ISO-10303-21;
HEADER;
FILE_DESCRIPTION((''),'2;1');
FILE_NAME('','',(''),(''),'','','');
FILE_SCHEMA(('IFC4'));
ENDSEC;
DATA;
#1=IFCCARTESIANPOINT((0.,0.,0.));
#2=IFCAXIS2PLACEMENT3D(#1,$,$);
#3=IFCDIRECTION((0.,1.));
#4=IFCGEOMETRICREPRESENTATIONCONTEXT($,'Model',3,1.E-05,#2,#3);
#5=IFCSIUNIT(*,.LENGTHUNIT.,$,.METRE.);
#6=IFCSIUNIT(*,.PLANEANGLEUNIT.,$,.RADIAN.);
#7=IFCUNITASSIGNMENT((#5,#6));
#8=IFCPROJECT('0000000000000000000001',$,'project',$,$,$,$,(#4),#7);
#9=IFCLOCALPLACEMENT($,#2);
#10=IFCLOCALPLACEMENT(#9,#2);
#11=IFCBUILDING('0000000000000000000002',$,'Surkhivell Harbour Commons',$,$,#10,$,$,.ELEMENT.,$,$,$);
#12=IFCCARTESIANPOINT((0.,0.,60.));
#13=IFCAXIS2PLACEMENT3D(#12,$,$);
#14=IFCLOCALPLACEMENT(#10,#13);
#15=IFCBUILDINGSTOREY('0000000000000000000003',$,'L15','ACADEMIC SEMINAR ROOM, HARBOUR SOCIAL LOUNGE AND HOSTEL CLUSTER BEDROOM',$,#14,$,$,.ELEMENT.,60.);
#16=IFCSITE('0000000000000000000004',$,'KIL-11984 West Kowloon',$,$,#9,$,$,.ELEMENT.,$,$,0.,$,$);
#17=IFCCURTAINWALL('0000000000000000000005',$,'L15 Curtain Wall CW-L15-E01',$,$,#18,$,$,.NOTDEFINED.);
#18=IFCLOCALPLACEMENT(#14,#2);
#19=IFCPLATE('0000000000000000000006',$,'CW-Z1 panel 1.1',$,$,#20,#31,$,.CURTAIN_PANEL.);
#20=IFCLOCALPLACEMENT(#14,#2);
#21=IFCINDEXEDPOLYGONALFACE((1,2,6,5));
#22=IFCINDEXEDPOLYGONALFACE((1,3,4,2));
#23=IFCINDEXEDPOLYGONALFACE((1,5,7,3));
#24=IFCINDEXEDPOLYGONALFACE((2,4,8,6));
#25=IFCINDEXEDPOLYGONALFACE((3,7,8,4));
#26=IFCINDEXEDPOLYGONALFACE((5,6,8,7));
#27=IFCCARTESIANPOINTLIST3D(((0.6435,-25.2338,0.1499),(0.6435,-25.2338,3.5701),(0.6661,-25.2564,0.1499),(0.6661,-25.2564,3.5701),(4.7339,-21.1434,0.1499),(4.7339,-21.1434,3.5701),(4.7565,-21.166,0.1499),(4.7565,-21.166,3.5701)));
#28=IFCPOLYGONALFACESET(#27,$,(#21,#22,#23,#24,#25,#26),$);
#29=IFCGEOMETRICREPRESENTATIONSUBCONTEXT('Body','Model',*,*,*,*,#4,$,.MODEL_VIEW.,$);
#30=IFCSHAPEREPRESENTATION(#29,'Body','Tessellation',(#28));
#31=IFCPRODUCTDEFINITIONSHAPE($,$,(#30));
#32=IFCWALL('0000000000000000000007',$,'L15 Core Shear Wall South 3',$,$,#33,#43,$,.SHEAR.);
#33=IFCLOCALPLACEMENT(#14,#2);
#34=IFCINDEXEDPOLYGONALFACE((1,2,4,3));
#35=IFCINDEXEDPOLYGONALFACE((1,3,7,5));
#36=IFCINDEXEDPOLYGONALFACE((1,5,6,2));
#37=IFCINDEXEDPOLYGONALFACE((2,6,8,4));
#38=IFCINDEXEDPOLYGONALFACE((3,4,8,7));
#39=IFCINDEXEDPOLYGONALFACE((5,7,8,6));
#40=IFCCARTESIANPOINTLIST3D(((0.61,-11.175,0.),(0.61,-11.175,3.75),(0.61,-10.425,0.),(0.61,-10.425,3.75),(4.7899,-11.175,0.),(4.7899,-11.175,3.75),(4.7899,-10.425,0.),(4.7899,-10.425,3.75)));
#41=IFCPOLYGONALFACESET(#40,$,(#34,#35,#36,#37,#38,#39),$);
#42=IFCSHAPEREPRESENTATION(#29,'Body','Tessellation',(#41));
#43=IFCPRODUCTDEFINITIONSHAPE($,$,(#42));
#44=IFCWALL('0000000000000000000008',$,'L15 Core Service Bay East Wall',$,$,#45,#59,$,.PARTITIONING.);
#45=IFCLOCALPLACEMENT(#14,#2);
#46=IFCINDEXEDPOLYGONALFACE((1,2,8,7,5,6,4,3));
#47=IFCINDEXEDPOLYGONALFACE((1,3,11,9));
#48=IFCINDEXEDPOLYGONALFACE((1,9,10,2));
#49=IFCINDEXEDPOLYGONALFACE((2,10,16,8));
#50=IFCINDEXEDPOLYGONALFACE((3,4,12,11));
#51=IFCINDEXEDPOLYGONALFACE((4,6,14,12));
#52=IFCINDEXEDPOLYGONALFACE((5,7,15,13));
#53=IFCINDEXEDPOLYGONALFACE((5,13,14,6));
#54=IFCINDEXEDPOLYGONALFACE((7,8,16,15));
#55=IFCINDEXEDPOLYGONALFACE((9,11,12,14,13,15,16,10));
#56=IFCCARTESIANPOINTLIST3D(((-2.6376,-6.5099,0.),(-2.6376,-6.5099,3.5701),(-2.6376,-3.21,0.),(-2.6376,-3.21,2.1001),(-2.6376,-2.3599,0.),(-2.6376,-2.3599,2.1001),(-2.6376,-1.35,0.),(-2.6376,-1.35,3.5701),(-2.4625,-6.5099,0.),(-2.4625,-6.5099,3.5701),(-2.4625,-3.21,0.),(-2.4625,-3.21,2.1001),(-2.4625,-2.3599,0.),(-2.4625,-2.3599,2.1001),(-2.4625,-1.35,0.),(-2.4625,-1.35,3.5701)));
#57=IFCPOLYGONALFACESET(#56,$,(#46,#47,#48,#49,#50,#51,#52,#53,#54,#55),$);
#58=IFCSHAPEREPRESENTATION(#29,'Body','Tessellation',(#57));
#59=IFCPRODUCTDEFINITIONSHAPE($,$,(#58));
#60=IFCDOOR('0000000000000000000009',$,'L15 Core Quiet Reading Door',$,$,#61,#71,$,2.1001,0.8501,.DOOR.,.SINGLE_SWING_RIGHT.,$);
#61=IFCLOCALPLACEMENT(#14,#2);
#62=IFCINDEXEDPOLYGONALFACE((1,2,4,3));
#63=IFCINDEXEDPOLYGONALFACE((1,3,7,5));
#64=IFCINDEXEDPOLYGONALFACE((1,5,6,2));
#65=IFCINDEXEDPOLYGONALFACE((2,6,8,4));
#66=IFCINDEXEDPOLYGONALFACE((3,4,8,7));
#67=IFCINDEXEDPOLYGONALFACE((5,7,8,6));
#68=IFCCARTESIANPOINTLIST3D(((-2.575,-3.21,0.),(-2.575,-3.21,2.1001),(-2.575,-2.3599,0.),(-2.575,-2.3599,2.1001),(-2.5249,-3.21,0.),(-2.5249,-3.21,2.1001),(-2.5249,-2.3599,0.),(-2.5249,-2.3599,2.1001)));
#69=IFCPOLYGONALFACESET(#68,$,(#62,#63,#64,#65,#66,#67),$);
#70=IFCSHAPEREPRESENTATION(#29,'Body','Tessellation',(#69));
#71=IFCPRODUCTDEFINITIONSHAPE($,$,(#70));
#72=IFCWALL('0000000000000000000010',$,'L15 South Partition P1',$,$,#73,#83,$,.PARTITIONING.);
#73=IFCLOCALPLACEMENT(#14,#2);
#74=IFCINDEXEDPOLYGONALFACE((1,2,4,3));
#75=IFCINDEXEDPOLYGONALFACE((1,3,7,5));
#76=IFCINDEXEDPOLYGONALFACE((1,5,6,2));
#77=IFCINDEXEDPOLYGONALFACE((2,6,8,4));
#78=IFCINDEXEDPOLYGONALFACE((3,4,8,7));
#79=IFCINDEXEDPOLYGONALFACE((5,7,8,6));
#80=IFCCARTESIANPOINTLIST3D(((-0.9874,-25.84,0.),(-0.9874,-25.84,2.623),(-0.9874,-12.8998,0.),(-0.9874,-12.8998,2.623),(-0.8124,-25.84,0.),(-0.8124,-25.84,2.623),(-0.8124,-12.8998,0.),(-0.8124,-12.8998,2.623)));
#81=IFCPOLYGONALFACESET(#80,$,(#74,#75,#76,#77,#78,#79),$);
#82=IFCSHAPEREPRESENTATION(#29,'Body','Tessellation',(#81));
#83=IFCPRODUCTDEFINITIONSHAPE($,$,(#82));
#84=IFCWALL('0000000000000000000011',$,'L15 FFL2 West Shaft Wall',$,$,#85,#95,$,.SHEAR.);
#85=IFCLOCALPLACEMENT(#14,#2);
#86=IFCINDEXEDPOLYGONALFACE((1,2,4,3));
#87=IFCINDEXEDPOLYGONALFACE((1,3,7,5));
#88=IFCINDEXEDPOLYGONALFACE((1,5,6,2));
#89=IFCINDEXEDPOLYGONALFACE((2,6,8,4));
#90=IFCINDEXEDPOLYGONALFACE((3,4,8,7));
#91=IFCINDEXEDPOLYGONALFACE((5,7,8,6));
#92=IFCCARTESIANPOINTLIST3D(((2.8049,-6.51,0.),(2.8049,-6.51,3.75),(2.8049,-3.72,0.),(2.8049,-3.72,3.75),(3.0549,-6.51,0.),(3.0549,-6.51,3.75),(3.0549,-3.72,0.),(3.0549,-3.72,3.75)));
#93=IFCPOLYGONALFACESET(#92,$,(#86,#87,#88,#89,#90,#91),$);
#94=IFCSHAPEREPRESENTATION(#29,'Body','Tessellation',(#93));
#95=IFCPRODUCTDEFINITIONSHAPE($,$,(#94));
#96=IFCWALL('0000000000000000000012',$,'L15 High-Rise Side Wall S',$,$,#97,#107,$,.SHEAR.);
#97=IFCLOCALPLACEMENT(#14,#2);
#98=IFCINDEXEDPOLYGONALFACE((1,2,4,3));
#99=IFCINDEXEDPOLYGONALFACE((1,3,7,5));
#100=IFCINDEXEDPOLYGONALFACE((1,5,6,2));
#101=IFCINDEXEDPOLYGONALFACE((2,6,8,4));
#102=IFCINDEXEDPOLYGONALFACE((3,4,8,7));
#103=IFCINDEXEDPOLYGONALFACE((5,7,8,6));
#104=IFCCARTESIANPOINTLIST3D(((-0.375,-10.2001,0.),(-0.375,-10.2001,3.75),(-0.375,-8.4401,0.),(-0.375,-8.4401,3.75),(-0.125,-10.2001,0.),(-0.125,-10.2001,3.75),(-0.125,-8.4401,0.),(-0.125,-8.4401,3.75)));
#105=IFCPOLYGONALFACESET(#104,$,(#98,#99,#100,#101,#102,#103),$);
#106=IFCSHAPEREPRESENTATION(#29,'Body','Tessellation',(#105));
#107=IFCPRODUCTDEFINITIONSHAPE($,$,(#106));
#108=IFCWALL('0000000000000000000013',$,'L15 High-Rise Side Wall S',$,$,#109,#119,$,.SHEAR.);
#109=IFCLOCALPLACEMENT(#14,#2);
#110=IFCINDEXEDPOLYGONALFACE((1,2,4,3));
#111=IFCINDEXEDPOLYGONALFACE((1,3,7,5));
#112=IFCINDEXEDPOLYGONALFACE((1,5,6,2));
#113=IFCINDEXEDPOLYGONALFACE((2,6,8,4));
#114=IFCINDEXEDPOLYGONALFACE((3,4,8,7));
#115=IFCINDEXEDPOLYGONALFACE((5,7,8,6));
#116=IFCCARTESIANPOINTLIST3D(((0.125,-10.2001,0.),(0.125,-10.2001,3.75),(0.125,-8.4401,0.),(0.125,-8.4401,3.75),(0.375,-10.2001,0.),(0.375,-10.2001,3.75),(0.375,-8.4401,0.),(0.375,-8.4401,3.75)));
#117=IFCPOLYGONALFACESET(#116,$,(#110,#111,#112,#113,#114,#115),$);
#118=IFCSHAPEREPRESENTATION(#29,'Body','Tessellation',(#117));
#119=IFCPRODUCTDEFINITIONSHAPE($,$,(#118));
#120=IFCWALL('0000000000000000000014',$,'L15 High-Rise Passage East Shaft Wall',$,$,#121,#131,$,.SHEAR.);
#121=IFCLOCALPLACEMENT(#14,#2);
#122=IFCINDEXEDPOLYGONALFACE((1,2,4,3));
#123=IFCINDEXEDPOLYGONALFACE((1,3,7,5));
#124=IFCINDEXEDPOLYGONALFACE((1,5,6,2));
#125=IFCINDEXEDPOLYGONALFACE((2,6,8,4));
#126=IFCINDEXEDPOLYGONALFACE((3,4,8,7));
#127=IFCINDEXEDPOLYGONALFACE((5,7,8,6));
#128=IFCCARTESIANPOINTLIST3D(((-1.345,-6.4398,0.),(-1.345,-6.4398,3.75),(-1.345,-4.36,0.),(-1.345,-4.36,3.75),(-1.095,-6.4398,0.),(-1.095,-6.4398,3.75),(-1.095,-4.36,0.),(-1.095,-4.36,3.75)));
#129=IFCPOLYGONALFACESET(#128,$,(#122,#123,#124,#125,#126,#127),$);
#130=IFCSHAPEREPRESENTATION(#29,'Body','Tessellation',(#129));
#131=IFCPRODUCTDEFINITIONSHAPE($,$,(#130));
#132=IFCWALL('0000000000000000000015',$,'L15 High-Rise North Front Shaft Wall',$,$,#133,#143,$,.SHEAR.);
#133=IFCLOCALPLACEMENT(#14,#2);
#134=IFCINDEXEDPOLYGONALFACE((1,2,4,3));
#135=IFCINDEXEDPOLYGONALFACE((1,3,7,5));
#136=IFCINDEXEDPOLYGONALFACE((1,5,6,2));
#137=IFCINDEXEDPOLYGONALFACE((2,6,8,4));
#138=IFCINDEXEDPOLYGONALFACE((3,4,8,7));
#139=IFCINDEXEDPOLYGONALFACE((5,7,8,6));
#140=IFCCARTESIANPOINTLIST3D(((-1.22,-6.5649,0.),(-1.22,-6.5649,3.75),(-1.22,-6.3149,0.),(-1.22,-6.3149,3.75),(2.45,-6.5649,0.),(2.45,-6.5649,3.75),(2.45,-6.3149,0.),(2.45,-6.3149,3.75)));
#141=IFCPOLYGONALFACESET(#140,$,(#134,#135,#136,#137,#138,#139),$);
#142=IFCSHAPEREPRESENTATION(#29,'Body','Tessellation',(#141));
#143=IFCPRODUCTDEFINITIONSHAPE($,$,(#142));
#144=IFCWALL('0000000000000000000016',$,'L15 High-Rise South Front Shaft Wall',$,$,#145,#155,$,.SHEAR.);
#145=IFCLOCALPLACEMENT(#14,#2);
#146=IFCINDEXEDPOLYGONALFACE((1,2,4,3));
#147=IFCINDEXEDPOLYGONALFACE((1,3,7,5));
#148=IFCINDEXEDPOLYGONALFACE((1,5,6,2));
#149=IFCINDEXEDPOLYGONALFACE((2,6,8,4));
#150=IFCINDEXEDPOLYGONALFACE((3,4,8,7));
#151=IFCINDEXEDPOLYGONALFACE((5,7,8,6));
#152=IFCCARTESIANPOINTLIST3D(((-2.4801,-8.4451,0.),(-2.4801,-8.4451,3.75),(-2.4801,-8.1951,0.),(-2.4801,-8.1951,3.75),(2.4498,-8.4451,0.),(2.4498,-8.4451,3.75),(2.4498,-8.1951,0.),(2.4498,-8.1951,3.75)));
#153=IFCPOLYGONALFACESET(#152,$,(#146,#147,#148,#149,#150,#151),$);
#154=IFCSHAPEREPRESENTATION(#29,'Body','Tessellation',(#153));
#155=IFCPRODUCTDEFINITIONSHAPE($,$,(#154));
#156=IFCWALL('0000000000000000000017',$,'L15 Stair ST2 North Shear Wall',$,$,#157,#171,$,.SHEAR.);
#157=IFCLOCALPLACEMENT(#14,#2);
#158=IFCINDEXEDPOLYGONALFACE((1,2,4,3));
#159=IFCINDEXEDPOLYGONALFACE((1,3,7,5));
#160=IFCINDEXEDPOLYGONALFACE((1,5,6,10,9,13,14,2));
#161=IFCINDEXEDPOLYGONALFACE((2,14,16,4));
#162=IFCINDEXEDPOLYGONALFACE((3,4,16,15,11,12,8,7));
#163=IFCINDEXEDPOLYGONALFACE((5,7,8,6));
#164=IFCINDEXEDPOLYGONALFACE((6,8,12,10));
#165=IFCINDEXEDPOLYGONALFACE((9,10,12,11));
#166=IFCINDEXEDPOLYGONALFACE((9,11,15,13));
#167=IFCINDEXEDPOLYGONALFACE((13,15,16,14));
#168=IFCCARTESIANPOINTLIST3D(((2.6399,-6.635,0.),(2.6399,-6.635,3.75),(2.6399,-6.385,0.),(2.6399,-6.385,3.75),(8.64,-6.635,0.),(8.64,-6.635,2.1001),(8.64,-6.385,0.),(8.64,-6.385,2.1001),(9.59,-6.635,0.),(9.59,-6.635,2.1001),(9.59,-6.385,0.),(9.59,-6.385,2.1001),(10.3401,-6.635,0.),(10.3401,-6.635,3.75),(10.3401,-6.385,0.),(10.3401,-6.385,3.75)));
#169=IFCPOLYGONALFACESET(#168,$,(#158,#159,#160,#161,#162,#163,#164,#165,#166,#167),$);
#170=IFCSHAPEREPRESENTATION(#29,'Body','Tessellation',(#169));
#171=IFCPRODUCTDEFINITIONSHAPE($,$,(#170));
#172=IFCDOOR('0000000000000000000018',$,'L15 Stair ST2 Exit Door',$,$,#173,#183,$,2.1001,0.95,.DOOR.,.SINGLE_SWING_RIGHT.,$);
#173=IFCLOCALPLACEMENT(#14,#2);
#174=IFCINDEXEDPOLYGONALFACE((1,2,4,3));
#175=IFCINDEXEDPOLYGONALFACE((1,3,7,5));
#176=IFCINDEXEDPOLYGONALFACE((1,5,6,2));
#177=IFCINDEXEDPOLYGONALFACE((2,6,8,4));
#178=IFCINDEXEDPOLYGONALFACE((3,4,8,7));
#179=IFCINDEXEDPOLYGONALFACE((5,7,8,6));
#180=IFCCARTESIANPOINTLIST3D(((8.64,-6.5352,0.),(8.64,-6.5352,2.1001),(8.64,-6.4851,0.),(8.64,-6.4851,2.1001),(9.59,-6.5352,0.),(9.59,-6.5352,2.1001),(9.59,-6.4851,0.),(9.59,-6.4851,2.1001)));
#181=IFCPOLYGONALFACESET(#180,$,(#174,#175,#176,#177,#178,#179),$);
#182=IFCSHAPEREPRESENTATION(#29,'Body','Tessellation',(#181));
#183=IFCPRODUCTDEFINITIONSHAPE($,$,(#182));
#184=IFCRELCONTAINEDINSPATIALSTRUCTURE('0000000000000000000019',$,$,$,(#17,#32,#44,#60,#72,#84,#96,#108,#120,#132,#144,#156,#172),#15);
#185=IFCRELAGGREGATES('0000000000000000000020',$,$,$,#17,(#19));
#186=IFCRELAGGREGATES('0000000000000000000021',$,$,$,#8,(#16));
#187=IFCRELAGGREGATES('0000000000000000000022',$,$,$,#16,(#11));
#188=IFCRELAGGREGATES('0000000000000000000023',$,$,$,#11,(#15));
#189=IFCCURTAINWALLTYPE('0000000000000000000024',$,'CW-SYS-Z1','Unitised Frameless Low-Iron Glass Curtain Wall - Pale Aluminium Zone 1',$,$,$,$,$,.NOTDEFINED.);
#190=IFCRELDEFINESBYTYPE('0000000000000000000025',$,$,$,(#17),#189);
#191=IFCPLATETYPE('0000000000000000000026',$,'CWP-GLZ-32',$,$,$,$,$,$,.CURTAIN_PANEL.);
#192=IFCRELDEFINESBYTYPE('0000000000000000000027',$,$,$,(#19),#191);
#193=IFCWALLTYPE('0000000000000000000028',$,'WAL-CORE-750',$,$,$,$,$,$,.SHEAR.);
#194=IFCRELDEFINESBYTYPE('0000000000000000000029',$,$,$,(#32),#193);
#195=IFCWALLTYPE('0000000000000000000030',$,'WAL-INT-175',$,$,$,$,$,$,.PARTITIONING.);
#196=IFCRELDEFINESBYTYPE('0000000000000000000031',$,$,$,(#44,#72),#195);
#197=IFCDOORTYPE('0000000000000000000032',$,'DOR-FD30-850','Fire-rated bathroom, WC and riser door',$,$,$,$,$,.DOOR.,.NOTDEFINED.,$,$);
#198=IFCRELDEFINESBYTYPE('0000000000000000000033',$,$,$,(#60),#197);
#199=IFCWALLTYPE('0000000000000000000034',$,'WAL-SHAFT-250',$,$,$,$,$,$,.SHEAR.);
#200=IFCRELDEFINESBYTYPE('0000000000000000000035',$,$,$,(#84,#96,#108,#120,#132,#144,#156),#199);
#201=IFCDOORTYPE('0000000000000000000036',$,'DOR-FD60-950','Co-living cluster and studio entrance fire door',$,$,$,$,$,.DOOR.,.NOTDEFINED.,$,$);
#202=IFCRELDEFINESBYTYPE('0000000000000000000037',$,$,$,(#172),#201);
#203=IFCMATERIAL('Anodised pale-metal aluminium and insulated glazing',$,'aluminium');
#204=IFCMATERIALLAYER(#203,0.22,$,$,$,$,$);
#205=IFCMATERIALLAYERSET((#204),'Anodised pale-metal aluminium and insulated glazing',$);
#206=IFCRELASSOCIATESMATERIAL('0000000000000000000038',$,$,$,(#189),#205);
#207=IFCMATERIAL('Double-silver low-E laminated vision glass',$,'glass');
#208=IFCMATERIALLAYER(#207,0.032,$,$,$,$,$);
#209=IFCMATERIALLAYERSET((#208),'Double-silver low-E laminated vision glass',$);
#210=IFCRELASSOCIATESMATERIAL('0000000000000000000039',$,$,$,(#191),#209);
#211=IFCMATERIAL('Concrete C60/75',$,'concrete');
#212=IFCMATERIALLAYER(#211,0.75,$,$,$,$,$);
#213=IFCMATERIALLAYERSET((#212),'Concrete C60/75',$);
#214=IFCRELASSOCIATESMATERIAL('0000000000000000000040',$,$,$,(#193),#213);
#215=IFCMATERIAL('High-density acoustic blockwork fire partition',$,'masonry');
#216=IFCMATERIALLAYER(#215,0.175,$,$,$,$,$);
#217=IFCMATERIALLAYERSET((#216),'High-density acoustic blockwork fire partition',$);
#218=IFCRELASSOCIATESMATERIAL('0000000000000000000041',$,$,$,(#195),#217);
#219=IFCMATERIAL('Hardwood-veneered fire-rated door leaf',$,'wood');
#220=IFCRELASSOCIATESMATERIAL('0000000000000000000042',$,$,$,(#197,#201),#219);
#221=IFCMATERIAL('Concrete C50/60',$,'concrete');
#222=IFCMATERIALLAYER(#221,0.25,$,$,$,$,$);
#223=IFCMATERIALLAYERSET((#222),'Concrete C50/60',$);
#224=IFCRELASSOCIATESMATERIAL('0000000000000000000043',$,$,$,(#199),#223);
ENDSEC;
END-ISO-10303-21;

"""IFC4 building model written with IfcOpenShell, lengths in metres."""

from ifc_helpers import new_model, si_unit, direction, frame, frame_2d, origin, place, context, subcontext, project, spatial, rectangle, extrude, material, layer, layer_set, type_object, element, fill, aggregate, save


model = new_model("IFC4")

# Units and contexts
model_context = context("Model", 3, precision=1e-05, world=origin(), true_north=direction((0.0, 1.0)))
body_context = subcontext(model_context, "Body", "Model", "MODEL_VIEW")
ifc_project = project(units=[si_unit("LENGTHUNIT", "METRE"), si_unit("PLANEANGLEUNIT", "RADIAN")], contexts=[model_context])

# Site, building, storey
site_placement = place(None, origin())
site = spatial("IfcSite", under=ifc_project, at=site_placement, Name="KIL-11984 West Kowloon", CompositionType="ELEMENT", RefElevation=0.0)
building_placement = place(site_placement, origin())
building = spatial("IfcBuilding", under=site, at=building_placement, Name="Surkhivell Harbour Commons", CompositionType="ELEMENT")
storey_placement = place(building_placement, frame((0.0, 0.0, 60.0)))
storey = spatial("IfcBuildingStorey", under=building, at=storey_placement, Name="L15", Description="ACADEMIC SEMINAR ROOM, HARBOUR SOCIAL LOUNGE AND HOSTEL CLUSTER BEDROOM", CompositionType="ELEMENT", Elevation=60.0)

# Shared definitions
ifc_material_1 = material(Name="Anodised pale-metal aluminium and insulated glazing", Category="aluminium")
ifc_layer_1 = layer(ifc_material_1, 0.22)
ifc_layer_set_1 = layer_set([ifc_layer_1], Name="Anodised pale-metal aluminium and insulated glazing")
curtain_wall_type = type_object("IfcCurtainWallType", Name="CW-SYS-Z1", Description="Unitised Frameless Low-Iron Glass Curtain Wall - Pale Aluminium Zone 1", PredefinedType="NOTDEFINED", material=ifc_layer_set_1)

# Curtain wall
curtain_wall_1_placement = place(storey_placement, origin())
curtain_wall_1 = element("IfcCurtainWall", 1, at=curtain_wall_1_placement, inside=storey, type_object=curtain_wall_type, Name="L15 Curtain Wall CW-L15-E01", PredefinedType="NOTDEFINED")

# Plate
ifc_material_2 = material(Name="Double-silver low-E laminated vision glass", Category="glass")
ifc_layer_2 = layer(ifc_material_2, 0.032)
ifc_layer_set_2 = layer_set([ifc_layer_2], Name="Double-silver low-E laminated vision glass")
plate_type = type_object("IfcPlateType", Name="CWP-GLZ-32", PredefinedType="CURTAIN_PANEL", material=ifc_layer_set_2)
plate_1_placement = place(storey_placement, frame((0.6548, -25.2451, 0.1499), z_axis=(0.0, 0.0, 1.0), x_axis=(0.707107, 0.707107, 0.0)))
plate_1 = element("IfcPlate", 2, at=plate_1_placement, type_object=plate_type, Name="CW-Z1 panel 1.1", PredefinedType="CURTAIN_PANEL", context=body_context, shape_type="SweptSolid", body=[
    extrude(rectangle(XDim=5.7847, YDim=0.032, at=frame_2d((2.8923, 0.0))), origin(), (0.0, 0.0, 1.0), 3.4202),
])
aggregate(curtain_wall_1, [plate_1])

# Wall
ifc_material_3 = material(Name="Concrete C60/75", Category="concrete")
ifc_layer_3 = layer(ifc_material_3, 0.75)
ifc_layer_set_3 = layer_set([ifc_layer_3], Name="Concrete C60/75")
wall_type_1 = type_object("IfcWallType", Name="WAL-CORE-750", PredefinedType="SHEAR", material=ifc_layer_set_3)
wall_1_placement = place(storey_placement, frame((0.6101, -10.8, 0.0), z_axis=(0.0, 0.0, 1.0), x_axis=(1.0, 0.0, 0.0)))
element("IfcWall", 3, at=wall_1_placement, inside=storey, type_object=wall_type_1, Name="L15 Core Shear Wall South 3", PredefinedType="SHEAR", context=body_context, shape_type="SweptSolid", body=[
    extrude(rectangle(XDim=4.1799, YDim=0.75, at=frame_2d((2.0898, 0.0))), origin(), (0.0, 0.0, 1.0), 3.75),
])

# Wall, opening, door
ifc_material_4 = material(Name="High-density acoustic blockwork fire partition", Category="masonry")
ifc_layer_4 = layer(ifc_material_4, 0.175)
ifc_layer_set_4 = layer_set([ifc_layer_4], Name="High-density acoustic blockwork fire partition")
wall_type_2 = type_object("IfcWallType", Name="WAL-INT-175", PredefinedType="PARTITIONING", material=ifc_layer_set_4)
wall_2_placement = place(storey_placement, frame((-2.55, -6.51, 0.0), z_axis=(0.0, 0.0, 1.0), x_axis=(0.0, 1.0, 0.0)))
wall_2 = element("IfcWall", 4, at=wall_2_placement, inside=storey, type_object=wall_type_2, Name="L15 Core Service Bay East Wall", PredefinedType="PARTITIONING", context=body_context, shape_type="SweptSolid", body=[
    extrude(rectangle(XDim=5.1599, YDim=0.175, at=frame_2d((2.5801, 0.0))), origin(), (0.0, 0.0, 1.0), 3.5701),
])
opening_1_placement = place(wall_2_placement, frame((3.3, 0.0, 0.0)))
opening_1 = element("IfcOpeningElement", 5, at=opening_1_placement, cuts=wall_2, PredefinedType="OPENING", context=body_context, shape_type="SweptSolid", body=[
    extrude(rectangle(XDim=0.8501, YDim=2.1001, at=frame_2d((0.425, 1.05))), frame((0.0, 0.0974, 0.0), z_axis=(0.0, -1.0, 0.0), x_axis=(1.0, 0.0, 0.0)), (0.0, 0.0, 1.0), 0.1951),
])
ifc_material_5 = material(Name="Hardwood-veneered fire-rated door leaf", Category="wood")
door_type_1 = type_object("IfcDoorType", Name="DOR-FD30-850", Description="Fire-rated bathroom, WC and riser door", OperationType="NOTDEFINED", PredefinedType="DOOR", material=ifc_material_5)
door_1_placement = place(opening_1_placement, origin())
door_1 = element("IfcDoor", 6, at=door_1_placement, inside=storey, type_object=door_type_1, Name="L15 Core Quiet Reading Door", OperationType="SINGLE_SWING_RIGHT", OverallHeight=2.1001, OverallWidth=0.8501, PredefinedType="DOOR", context=body_context, shape_type="SweptSolid", body=[
    extrude(rectangle(XDim=0.8501, YDim=2.1001, at=frame_2d((0.425, 1.05))), frame((0.0, 0.0249, 0.0), z_axis=(0.0, -1.0, 0.0), x_axis=(1.0, 0.0, 0.0)), (0.0, 0.0, 1.0), 0.05),
])
fill(opening_1, door_1)

# Walls
wall_3_placement = place(storey_placement, frame((-0.8999, -25.8401, 0.0), z_axis=(0.0, 0.0, 1.0), x_axis=(0.0, 1.0, 0.0)))
element("IfcWall", 7, at=wall_3_placement, inside=storey, type_object=wall_type_2, Name="L15 South Partition P1", PredefinedType="PARTITIONING", context=body_context, shape_type="SweptSolid", body=[
    extrude(rectangle(XDim=12.9402, YDim=0.175, at=frame_2d((6.4702, 0.0))), origin(), (0.0, 0.0, 1.0), 2.623),
])
ifc_material_6 = material(Name="Concrete C50/60", Category="concrete")
ifc_layer_5 = layer(ifc_material_6, 0.25)
ifc_layer_set_5 = layer_set([ifc_layer_5], Name="Concrete C50/60")
wall_type_3 = type_object("IfcWallType", Name="WAL-SHAFT-250", PredefinedType="SHEAR", material=ifc_layer_set_5)
wall_4_placement = place(storey_placement, frame((2.9299, -6.51, 0.0), z_axis=(0.0, 0.0, 1.0), x_axis=(0.0, 1.0, 0.0)))
element("IfcWall", 8, at=wall_4_placement, inside=storey, type_object=wall_type_3, Name="L15 FFL2 West Shaft Wall", PredefinedType="SHEAR", context=body_context, shape_type="SweptSolid", body=[
    extrude(rectangle(XDim=2.79, YDim=0.25, at=frame_2d((1.395, 0.0))), origin(), (0.0, 0.0, 1.0), 3.75),
])
for number, where, z_axis, x_axis, name in (
    (9, (-0.25, -10.2, 0.0), (0.0, 0.0, 1.0), (0.0, 1.0, 0.0), "L15 High-Rise Side Wall S"),
    (10, (0.25, -10.2, 0.0), (0.0, 0.0, 1.0), (0.0, 1.0, 0.0), "L15 High-Rise Side Wall S"),
):
    element("IfcWall", number, at=place(storey_placement, frame(where, z_axis=z_axis, x_axis=x_axis)), inside=storey, type_object=wall_type_3, Name=name, PredefinedType="SHEAR", context=body_context, shape_type="SweptSolid", body=[
        extrude(rectangle(XDim=1.76, YDim=0.25, at=frame_2d((0.8799, 0.0))), origin(), (0.0, 0.0, 1.0), 3.75),
    ])
wall_5_placement = place(storey_placement, frame((-1.22, -6.4399, 0.0), z_axis=(0.0, 0.0, 1.0), x_axis=(0.0, 1.0, 0.0)))
element("IfcWall", 11, at=wall_5_placement, inside=storey, type_object=wall_type_3, Name="L15 High-Rise Passage East Shaft Wall", PredefinedType="SHEAR", context=body_context, shape_type="SweptSolid", body=[
    extrude(rectangle(XDim=2.0798, YDim=0.25, at=frame_2d((1.04, 0.0))), origin(), (0.0, 0.0, 1.0), 3.75),
])
wall_6_placement = place(storey_placement, frame((-1.22, -6.4399, 0.0), z_axis=(0.0, 0.0, 1.0), x_axis=(1.0, 0.0, 0.0)))
element("IfcWall", 12, at=wall_6_placement, inside=storey, type_object=wall_type_3, Name="L15 High-Rise North Front Shaft Wall", PredefinedType="SHEAR", context=body_context, shape_type="SweptSolid", body=[
    extrude(rectangle(XDim=3.6699, YDim=0.25, at=frame_2d((1.835, 0.0))), origin(), (0.0, 0.0, 1.0), 3.75),
])
wall_7_placement = place(storey_placement, frame((-2.48, -8.3201, 0.0), z_axis=(0.0, 0.0, 1.0), x_axis=(1.0, 0.0, 0.0)))
element("IfcWall", 13, at=wall_7_placement, inside=storey, type_object=wall_type_3, Name="L15 High-Rise South Front Shaft Wall", PredefinedType="SHEAR", context=body_context, shape_type="SweptSolid", body=[
    extrude(rectangle(XDim=4.9299, YDim=0.25, at=frame_2d((2.4648, 0.0))), origin(), (0.0, 0.0, 1.0), 3.75),
])

# Wall, opening, door
wall_8_placement = place(storey_placement, frame((2.6399, -6.51, 0.0), z_axis=(0.0, 0.0, 1.0), x_axis=(1.0, 0.0, 0.0)))
wall_8 = element("IfcWall", 14, at=wall_8_placement, inside=storey, type_object=wall_type_3, Name="L15 Stair ST2 North Shear Wall", PredefinedType="SHEAR", context=body_context, shape_type="SweptSolid", body=[
    extrude(rectangle(XDim=7.7002, YDim=0.25, at=frame_2d((3.8501, 0.0))), origin(), (0.0, 0.0, 1.0), 3.75),
])
opening_2_placement = place(wall_8_placement, frame((6.0, 0.0, 0.0)))
opening_2 = element("IfcOpeningElement", 15, at=opening_2_placement, cuts=wall_8, PredefinedType="OPENING", context=body_context, shape_type="SweptSolid", body=[
    extrude(rectangle(XDim=0.95, YDim=2.1001, at=frame_2d((0.4751, 1.05))), frame((0.0, 0.135, 0.0), z_axis=(0.0, -1.0, 0.0), x_axis=(1.0, 0.0, 0.0)), (0.0, 0.0, 1.0), 0.27),
])
door_type_2 = type_object("IfcDoorType", Name="DOR-FD60-950", Description="Co-living cluster and studio entrance fire door", OperationType="NOTDEFINED", PredefinedType="DOOR", material=ifc_material_5)
door_2_placement = place(opening_2_placement, origin())
door_2 = element("IfcDoor", 16, at=door_2_placement, inside=storey, type_object=door_type_2, Name="L15 Stair ST2 Exit Door", OperationType="SINGLE_SWING_RIGHT", OverallHeight=2.1001, OverallWidth=0.95, PredefinedType="DOOR", context=body_context, shape_type="SweptSolid", body=[
    extrude(rectangle(XDim=0.95, YDim=2.1001, at=frame_2d((0.4751, 1.05))), frame((0.0, 0.0249, 0.0), z_axis=(0.0, -1.0, 0.0), x_axis=(1.0, 0.0, 0.0)), (0.0, 0.0, 1.0), 0.05),
])
fill(opening_2, door_2)

save(model, "model.ifc")
